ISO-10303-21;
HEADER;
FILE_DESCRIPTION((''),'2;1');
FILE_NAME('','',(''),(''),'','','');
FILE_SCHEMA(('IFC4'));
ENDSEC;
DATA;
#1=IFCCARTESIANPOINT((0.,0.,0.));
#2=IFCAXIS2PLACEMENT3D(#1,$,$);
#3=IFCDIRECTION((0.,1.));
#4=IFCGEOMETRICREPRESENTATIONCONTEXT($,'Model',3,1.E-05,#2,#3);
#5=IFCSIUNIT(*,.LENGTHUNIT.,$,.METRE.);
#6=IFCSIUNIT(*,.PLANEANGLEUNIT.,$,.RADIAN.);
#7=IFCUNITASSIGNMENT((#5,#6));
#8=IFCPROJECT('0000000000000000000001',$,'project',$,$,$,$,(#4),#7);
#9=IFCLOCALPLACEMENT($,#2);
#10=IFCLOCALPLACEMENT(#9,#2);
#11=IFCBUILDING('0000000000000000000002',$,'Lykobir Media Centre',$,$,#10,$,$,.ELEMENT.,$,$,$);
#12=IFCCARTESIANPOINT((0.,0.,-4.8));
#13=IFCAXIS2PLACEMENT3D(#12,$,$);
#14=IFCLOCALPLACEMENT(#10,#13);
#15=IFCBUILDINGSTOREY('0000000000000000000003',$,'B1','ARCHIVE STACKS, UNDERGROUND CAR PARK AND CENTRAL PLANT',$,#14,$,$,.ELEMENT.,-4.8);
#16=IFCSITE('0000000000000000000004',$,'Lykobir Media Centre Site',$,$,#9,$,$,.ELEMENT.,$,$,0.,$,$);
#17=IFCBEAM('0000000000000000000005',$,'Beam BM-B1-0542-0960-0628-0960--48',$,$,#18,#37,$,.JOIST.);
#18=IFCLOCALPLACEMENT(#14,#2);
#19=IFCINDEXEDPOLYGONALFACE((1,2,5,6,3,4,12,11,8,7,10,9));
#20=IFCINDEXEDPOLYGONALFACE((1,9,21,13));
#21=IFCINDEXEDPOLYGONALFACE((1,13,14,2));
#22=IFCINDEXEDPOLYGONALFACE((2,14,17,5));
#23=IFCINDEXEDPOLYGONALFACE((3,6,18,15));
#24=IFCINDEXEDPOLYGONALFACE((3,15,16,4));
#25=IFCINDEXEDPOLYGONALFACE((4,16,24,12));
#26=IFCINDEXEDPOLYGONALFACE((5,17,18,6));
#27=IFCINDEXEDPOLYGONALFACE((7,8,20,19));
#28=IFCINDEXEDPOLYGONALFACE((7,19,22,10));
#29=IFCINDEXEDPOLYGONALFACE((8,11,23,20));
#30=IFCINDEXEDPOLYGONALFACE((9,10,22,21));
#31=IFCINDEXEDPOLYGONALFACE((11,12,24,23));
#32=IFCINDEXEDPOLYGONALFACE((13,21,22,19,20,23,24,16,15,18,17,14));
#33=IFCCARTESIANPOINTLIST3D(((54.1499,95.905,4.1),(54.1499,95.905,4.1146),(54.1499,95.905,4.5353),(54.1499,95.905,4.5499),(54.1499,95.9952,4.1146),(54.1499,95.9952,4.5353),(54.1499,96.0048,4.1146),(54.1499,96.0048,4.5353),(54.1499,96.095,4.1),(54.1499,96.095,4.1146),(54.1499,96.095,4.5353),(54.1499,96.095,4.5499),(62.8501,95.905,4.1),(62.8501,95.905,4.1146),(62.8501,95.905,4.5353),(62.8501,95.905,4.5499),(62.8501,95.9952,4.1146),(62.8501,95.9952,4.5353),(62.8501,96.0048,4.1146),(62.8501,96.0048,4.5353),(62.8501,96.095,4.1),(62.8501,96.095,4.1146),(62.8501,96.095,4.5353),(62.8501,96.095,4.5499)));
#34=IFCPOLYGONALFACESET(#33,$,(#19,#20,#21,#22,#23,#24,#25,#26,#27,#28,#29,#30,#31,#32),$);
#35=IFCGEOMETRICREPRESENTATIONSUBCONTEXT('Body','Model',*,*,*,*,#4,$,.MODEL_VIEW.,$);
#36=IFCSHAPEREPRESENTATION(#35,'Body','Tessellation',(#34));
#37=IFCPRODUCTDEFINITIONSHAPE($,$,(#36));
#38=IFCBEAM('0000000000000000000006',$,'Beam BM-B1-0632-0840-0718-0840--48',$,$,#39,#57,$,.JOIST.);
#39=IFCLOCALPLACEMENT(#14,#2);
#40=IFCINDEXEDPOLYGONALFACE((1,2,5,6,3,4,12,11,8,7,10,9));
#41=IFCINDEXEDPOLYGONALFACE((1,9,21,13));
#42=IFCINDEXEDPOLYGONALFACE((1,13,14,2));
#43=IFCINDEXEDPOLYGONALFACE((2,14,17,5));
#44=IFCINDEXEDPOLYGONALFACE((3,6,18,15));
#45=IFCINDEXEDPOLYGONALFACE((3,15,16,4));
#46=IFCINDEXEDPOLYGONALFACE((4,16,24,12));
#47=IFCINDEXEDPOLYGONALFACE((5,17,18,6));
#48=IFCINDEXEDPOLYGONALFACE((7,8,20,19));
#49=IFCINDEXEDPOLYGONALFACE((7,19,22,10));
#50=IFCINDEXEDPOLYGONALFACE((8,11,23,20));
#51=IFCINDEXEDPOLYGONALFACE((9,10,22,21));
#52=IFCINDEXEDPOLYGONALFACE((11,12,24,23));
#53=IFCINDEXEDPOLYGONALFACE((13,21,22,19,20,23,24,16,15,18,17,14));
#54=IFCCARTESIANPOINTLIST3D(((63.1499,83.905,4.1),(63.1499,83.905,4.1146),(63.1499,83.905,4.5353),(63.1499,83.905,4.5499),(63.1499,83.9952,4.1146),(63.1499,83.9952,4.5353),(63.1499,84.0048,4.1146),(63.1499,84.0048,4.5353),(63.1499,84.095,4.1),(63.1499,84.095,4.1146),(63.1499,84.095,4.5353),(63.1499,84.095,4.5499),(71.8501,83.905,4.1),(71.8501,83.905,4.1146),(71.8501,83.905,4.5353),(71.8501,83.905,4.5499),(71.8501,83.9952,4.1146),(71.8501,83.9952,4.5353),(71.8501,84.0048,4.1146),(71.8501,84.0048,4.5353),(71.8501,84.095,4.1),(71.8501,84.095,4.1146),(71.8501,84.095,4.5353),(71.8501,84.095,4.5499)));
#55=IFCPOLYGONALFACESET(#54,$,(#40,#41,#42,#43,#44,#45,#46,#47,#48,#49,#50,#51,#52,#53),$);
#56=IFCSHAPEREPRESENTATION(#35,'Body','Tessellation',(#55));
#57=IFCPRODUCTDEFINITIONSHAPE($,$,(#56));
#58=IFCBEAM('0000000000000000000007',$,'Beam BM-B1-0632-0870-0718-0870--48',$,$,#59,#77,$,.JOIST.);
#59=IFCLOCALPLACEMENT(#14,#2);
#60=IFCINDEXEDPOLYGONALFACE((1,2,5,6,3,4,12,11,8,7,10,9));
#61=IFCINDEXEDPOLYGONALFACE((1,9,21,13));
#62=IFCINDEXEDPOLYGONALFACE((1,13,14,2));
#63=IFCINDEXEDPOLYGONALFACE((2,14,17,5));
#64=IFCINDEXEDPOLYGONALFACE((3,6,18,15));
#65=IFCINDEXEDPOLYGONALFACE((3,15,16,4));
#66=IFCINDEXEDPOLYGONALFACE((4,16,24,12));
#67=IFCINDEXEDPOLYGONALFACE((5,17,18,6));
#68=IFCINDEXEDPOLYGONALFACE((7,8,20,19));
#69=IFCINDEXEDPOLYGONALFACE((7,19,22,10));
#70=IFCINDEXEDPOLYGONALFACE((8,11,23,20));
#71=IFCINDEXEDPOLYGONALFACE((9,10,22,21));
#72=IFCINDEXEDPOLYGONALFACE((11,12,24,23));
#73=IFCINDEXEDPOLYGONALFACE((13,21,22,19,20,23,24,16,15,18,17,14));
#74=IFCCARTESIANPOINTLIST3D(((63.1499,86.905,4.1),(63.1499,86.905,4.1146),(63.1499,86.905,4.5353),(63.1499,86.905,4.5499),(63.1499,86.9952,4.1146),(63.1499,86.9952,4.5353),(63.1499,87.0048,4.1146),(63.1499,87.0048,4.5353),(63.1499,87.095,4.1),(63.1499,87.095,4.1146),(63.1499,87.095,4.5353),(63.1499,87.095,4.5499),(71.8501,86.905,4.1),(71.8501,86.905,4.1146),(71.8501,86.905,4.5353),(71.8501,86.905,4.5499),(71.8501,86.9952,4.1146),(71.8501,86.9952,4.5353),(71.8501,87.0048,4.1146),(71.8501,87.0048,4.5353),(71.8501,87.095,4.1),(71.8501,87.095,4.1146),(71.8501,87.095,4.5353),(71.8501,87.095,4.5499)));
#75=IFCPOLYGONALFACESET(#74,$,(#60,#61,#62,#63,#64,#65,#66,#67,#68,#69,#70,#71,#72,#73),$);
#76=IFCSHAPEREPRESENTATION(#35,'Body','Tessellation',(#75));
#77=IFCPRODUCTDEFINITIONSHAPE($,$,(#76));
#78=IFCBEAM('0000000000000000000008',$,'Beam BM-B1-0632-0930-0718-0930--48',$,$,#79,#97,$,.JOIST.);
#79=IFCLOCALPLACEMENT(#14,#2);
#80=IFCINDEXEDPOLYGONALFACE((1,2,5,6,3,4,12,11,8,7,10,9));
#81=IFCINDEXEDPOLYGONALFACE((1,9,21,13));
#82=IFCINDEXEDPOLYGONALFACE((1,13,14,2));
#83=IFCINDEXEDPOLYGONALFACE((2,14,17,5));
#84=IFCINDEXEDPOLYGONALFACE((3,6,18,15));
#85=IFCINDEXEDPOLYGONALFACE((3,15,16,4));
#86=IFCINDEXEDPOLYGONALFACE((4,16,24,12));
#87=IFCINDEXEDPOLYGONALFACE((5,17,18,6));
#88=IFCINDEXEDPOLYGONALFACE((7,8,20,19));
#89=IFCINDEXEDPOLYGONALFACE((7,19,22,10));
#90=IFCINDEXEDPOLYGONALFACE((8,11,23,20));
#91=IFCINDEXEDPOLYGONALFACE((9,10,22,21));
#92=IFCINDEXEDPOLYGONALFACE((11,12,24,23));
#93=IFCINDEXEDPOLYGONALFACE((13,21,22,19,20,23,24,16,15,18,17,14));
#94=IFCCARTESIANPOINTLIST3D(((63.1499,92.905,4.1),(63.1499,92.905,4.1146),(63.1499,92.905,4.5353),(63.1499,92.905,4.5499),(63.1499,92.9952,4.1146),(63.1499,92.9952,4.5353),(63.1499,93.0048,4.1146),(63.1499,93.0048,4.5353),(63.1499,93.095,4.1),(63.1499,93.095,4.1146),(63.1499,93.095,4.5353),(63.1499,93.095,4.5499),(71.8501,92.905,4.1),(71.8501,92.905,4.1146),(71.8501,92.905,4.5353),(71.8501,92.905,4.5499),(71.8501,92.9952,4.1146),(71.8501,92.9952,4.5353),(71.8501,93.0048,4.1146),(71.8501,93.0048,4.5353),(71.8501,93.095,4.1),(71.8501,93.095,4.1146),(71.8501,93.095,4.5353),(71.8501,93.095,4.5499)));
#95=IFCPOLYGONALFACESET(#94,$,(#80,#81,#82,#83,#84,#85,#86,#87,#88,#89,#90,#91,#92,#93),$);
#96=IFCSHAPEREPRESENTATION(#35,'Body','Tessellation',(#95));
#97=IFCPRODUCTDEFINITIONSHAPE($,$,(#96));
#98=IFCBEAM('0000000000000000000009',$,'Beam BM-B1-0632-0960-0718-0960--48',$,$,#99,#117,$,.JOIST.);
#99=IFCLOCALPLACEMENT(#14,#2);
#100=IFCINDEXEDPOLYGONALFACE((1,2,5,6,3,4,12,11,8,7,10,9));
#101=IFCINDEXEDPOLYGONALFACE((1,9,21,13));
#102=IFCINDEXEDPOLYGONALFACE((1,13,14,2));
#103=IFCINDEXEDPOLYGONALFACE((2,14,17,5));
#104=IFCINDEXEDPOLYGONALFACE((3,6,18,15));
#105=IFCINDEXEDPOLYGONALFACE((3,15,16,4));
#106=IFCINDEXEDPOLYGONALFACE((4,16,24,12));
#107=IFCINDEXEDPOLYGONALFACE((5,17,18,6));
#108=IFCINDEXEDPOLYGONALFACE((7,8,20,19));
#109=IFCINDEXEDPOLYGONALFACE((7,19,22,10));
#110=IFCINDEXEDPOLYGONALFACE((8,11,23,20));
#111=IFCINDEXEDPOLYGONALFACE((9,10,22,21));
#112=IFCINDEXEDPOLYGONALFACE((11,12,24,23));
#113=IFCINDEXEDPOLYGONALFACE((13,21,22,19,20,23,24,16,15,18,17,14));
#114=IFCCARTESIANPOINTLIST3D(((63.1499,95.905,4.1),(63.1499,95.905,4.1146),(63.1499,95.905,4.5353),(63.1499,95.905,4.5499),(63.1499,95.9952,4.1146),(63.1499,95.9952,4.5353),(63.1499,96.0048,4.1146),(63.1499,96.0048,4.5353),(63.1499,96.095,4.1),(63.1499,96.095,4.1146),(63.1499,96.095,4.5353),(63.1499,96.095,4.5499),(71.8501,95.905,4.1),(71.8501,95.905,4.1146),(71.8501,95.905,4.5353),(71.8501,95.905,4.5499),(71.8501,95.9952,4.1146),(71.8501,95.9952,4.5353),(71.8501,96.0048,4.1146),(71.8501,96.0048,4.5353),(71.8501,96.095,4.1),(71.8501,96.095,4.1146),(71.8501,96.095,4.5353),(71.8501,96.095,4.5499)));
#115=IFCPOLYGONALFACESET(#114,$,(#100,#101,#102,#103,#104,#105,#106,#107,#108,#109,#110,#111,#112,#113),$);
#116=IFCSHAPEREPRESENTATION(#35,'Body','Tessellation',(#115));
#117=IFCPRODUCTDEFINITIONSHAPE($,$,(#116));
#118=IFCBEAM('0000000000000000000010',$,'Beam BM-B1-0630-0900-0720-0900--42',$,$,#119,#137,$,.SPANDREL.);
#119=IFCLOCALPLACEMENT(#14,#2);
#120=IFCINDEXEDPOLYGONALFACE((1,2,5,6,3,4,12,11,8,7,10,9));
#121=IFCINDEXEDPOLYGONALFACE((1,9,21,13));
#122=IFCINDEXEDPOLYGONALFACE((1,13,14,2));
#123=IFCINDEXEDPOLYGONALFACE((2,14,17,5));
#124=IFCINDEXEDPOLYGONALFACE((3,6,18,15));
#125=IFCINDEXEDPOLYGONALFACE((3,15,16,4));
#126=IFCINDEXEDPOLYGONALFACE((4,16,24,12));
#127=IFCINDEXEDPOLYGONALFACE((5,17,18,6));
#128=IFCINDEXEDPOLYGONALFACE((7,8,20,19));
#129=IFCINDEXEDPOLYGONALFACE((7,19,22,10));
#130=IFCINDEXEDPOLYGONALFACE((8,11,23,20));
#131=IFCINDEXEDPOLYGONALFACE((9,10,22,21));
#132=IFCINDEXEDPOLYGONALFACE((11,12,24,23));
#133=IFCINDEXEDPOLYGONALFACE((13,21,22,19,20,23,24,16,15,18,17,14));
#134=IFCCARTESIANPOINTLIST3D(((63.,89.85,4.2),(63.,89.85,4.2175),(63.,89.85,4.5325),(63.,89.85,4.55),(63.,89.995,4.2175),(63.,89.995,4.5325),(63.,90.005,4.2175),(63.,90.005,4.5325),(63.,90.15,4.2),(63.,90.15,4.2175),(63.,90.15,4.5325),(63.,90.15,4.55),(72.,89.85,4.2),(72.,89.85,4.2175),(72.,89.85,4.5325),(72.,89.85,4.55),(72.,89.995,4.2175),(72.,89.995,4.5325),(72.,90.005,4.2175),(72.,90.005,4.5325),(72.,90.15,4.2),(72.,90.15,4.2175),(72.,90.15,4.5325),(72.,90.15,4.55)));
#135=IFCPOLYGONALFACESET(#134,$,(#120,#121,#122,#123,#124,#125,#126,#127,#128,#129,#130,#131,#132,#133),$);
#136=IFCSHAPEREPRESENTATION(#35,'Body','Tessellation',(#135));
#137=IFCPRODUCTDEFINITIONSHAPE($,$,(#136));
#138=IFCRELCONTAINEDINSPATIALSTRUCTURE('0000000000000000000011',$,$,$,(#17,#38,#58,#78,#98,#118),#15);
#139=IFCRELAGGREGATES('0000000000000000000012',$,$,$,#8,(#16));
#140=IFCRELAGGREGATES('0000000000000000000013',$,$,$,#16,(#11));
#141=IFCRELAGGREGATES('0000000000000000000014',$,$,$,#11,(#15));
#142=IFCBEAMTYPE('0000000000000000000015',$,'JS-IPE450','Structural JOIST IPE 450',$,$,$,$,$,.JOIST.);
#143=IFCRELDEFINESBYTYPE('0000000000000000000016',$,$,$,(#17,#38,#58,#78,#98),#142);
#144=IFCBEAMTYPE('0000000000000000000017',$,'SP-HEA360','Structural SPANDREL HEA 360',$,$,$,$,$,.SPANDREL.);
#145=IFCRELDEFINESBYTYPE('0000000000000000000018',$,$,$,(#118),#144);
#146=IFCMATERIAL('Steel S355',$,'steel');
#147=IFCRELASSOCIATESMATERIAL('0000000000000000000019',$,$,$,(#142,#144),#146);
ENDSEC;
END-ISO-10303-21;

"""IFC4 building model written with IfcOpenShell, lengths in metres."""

from ifc_helpers import new_model, si_unit, direction, frame, origin, origin_2d, place, context, subcontext, project, spatial, i_section, extrude, material, material_profile, profile_set, type_object, element, save


model = new_model("IFC4")

# Units and contexts
model_context = context("Model", 3, precision=1e-05, world=origin(), true_north=direction((0.0, 1.0)))
body_context = subcontext(model_context, "Body", "Model", "MODEL_VIEW")
ifc_project = project(units=[si_unit("LENGTHUNIT", "METRE"), si_unit("PLANEANGLEUNIT", "RADIAN")], contexts=[model_context])

# Site, building, storey
site_placement = place(None, origin())
site = spatial("IfcSite", under=ifc_project, at=site_placement, Name="Lykobir Media Centre Site", CompositionType="ELEMENT", RefElevation=0.0)
building_placement = place(site_placement, origin())
building = spatial("IfcBuilding", under=site, at=building_placement, Name="Lykobir Media Centre", CompositionType="ELEMENT")
storey_placement = place(building_placement, frame((0.0, 0.0, -4.8)))
storey = spatial("IfcBuildingStorey", under=building, at=storey_placement, Name="B1", Description="ARCHIVE STACKS, UNDERGROUND CAR PARK AND CENTRAL PLANT", CompositionType="ELEMENT", Elevation=-4.8)

# Shared definitions
ifc_material_1 = material(Name="Steel S355", Category="steel")

# Beams
ifc_material_profile_1 = material_profile(ifc_material_1, i_section(OverallWidth=0.1899, OverallDepth=0.45, WebThickness=0.0095, FlangeThickness=0.0146, at=origin_2d()), Name="IPE 450")
ifc_profile_set_1 = profile_set([ifc_material_profile_1], Name="Steel S355")
beam_type_1 = type_object("IfcBeamType", Name="JS-IPE450", Description="Structural JOIST IPE 450", PredefinedType="JOIST", material=ifc_profile_set_1)
for number, where, z_axis, x_axis, name in (
    (1, (54.1499, 96.0, 4.325), (1.0, 0.0, 0.0), (0.0, 1.0, 0.0), "Beam BM-B1-0542-0960-0628-0960--48"),
    (2, (63.1499, 84.0, 4.325), (1.0, 0.0, 0.0), (0.0, 1.0, 0.0), "Beam BM-B1-0632-0840-0718-0840--48"),
    (3, (63.1499, 87.0, 4.325), (1.0, 0.0, 0.0), (0.0, 1.0, 0.0), "Beam BM-B1-0632-0870-0718-0870--48"),
    (4, (63.1499, 93.0, 4.325), (1.0, 0.0, 0.0), (0.0, 1.0, 0.0), "Beam BM-B1-0632-0930-0718-0930--48"),
    (5, (63.1499, 96.0, 4.325), (1.0, 0.0, 0.0), (0.0, 1.0, 0.0), "Beam BM-B1-0632-0960-0718-0960--48"),
):
    element("IfcBeam", number, at=place(storey_placement, frame(where, z_axis=z_axis, x_axis=x_axis)), inside=storey, type_object=beam_type_1, Name=name, PredefinedType="JOIST", context=body_context, shape_type="SweptSolid", body=[
        extrude(i_section(OverallWidth=0.1899, OverallDepth=0.45, WebThickness=0.0095, FlangeThickness=0.0146, at=origin_2d()), origin(), (0.0, 0.0, 1.0), 8.7002),
    ])
ifc_material_profile_2 = material_profile(ifc_material_1, i_section(OverallWidth=0.3, OverallDepth=0.3501, WebThickness=0.01, FlangeThickness=0.0176, at=origin_2d()), Name="HEA 360")
ifc_profile_set_2 = profile_set([ifc_material_profile_2], Name="Steel S355")
beam_type_2 = type_object("IfcBeamType", Name="SP-HEA360", Description="Structural SPANDREL HEA 360", PredefinedType="SPANDREL", material=ifc_profile_set_2)
beam_1_placement = place(storey_placement, frame((63.0, 90.0, 4.375), z_axis=(1.0, 0.0, 0.0), x_axis=(0.0, 1.0, 0.0)))
element("IfcBeam", 6, at=beam_1_placement, inside=storey, type_object=beam_type_2, Name="Beam BM-B1-0630-0900-0720-0900--42", PredefinedType="SPANDREL", context=body_context, shape_type="SweptSolid", body=[
    extrude(i_section(OverallWidth=0.3, OverallDepth=0.3501, WebThickness=0.01, FlangeThickness=0.0176, at=origin_2d()), origin(), (0.0, 0.0, 1.0), 9.0),
])

save(model, "model.ifc")
